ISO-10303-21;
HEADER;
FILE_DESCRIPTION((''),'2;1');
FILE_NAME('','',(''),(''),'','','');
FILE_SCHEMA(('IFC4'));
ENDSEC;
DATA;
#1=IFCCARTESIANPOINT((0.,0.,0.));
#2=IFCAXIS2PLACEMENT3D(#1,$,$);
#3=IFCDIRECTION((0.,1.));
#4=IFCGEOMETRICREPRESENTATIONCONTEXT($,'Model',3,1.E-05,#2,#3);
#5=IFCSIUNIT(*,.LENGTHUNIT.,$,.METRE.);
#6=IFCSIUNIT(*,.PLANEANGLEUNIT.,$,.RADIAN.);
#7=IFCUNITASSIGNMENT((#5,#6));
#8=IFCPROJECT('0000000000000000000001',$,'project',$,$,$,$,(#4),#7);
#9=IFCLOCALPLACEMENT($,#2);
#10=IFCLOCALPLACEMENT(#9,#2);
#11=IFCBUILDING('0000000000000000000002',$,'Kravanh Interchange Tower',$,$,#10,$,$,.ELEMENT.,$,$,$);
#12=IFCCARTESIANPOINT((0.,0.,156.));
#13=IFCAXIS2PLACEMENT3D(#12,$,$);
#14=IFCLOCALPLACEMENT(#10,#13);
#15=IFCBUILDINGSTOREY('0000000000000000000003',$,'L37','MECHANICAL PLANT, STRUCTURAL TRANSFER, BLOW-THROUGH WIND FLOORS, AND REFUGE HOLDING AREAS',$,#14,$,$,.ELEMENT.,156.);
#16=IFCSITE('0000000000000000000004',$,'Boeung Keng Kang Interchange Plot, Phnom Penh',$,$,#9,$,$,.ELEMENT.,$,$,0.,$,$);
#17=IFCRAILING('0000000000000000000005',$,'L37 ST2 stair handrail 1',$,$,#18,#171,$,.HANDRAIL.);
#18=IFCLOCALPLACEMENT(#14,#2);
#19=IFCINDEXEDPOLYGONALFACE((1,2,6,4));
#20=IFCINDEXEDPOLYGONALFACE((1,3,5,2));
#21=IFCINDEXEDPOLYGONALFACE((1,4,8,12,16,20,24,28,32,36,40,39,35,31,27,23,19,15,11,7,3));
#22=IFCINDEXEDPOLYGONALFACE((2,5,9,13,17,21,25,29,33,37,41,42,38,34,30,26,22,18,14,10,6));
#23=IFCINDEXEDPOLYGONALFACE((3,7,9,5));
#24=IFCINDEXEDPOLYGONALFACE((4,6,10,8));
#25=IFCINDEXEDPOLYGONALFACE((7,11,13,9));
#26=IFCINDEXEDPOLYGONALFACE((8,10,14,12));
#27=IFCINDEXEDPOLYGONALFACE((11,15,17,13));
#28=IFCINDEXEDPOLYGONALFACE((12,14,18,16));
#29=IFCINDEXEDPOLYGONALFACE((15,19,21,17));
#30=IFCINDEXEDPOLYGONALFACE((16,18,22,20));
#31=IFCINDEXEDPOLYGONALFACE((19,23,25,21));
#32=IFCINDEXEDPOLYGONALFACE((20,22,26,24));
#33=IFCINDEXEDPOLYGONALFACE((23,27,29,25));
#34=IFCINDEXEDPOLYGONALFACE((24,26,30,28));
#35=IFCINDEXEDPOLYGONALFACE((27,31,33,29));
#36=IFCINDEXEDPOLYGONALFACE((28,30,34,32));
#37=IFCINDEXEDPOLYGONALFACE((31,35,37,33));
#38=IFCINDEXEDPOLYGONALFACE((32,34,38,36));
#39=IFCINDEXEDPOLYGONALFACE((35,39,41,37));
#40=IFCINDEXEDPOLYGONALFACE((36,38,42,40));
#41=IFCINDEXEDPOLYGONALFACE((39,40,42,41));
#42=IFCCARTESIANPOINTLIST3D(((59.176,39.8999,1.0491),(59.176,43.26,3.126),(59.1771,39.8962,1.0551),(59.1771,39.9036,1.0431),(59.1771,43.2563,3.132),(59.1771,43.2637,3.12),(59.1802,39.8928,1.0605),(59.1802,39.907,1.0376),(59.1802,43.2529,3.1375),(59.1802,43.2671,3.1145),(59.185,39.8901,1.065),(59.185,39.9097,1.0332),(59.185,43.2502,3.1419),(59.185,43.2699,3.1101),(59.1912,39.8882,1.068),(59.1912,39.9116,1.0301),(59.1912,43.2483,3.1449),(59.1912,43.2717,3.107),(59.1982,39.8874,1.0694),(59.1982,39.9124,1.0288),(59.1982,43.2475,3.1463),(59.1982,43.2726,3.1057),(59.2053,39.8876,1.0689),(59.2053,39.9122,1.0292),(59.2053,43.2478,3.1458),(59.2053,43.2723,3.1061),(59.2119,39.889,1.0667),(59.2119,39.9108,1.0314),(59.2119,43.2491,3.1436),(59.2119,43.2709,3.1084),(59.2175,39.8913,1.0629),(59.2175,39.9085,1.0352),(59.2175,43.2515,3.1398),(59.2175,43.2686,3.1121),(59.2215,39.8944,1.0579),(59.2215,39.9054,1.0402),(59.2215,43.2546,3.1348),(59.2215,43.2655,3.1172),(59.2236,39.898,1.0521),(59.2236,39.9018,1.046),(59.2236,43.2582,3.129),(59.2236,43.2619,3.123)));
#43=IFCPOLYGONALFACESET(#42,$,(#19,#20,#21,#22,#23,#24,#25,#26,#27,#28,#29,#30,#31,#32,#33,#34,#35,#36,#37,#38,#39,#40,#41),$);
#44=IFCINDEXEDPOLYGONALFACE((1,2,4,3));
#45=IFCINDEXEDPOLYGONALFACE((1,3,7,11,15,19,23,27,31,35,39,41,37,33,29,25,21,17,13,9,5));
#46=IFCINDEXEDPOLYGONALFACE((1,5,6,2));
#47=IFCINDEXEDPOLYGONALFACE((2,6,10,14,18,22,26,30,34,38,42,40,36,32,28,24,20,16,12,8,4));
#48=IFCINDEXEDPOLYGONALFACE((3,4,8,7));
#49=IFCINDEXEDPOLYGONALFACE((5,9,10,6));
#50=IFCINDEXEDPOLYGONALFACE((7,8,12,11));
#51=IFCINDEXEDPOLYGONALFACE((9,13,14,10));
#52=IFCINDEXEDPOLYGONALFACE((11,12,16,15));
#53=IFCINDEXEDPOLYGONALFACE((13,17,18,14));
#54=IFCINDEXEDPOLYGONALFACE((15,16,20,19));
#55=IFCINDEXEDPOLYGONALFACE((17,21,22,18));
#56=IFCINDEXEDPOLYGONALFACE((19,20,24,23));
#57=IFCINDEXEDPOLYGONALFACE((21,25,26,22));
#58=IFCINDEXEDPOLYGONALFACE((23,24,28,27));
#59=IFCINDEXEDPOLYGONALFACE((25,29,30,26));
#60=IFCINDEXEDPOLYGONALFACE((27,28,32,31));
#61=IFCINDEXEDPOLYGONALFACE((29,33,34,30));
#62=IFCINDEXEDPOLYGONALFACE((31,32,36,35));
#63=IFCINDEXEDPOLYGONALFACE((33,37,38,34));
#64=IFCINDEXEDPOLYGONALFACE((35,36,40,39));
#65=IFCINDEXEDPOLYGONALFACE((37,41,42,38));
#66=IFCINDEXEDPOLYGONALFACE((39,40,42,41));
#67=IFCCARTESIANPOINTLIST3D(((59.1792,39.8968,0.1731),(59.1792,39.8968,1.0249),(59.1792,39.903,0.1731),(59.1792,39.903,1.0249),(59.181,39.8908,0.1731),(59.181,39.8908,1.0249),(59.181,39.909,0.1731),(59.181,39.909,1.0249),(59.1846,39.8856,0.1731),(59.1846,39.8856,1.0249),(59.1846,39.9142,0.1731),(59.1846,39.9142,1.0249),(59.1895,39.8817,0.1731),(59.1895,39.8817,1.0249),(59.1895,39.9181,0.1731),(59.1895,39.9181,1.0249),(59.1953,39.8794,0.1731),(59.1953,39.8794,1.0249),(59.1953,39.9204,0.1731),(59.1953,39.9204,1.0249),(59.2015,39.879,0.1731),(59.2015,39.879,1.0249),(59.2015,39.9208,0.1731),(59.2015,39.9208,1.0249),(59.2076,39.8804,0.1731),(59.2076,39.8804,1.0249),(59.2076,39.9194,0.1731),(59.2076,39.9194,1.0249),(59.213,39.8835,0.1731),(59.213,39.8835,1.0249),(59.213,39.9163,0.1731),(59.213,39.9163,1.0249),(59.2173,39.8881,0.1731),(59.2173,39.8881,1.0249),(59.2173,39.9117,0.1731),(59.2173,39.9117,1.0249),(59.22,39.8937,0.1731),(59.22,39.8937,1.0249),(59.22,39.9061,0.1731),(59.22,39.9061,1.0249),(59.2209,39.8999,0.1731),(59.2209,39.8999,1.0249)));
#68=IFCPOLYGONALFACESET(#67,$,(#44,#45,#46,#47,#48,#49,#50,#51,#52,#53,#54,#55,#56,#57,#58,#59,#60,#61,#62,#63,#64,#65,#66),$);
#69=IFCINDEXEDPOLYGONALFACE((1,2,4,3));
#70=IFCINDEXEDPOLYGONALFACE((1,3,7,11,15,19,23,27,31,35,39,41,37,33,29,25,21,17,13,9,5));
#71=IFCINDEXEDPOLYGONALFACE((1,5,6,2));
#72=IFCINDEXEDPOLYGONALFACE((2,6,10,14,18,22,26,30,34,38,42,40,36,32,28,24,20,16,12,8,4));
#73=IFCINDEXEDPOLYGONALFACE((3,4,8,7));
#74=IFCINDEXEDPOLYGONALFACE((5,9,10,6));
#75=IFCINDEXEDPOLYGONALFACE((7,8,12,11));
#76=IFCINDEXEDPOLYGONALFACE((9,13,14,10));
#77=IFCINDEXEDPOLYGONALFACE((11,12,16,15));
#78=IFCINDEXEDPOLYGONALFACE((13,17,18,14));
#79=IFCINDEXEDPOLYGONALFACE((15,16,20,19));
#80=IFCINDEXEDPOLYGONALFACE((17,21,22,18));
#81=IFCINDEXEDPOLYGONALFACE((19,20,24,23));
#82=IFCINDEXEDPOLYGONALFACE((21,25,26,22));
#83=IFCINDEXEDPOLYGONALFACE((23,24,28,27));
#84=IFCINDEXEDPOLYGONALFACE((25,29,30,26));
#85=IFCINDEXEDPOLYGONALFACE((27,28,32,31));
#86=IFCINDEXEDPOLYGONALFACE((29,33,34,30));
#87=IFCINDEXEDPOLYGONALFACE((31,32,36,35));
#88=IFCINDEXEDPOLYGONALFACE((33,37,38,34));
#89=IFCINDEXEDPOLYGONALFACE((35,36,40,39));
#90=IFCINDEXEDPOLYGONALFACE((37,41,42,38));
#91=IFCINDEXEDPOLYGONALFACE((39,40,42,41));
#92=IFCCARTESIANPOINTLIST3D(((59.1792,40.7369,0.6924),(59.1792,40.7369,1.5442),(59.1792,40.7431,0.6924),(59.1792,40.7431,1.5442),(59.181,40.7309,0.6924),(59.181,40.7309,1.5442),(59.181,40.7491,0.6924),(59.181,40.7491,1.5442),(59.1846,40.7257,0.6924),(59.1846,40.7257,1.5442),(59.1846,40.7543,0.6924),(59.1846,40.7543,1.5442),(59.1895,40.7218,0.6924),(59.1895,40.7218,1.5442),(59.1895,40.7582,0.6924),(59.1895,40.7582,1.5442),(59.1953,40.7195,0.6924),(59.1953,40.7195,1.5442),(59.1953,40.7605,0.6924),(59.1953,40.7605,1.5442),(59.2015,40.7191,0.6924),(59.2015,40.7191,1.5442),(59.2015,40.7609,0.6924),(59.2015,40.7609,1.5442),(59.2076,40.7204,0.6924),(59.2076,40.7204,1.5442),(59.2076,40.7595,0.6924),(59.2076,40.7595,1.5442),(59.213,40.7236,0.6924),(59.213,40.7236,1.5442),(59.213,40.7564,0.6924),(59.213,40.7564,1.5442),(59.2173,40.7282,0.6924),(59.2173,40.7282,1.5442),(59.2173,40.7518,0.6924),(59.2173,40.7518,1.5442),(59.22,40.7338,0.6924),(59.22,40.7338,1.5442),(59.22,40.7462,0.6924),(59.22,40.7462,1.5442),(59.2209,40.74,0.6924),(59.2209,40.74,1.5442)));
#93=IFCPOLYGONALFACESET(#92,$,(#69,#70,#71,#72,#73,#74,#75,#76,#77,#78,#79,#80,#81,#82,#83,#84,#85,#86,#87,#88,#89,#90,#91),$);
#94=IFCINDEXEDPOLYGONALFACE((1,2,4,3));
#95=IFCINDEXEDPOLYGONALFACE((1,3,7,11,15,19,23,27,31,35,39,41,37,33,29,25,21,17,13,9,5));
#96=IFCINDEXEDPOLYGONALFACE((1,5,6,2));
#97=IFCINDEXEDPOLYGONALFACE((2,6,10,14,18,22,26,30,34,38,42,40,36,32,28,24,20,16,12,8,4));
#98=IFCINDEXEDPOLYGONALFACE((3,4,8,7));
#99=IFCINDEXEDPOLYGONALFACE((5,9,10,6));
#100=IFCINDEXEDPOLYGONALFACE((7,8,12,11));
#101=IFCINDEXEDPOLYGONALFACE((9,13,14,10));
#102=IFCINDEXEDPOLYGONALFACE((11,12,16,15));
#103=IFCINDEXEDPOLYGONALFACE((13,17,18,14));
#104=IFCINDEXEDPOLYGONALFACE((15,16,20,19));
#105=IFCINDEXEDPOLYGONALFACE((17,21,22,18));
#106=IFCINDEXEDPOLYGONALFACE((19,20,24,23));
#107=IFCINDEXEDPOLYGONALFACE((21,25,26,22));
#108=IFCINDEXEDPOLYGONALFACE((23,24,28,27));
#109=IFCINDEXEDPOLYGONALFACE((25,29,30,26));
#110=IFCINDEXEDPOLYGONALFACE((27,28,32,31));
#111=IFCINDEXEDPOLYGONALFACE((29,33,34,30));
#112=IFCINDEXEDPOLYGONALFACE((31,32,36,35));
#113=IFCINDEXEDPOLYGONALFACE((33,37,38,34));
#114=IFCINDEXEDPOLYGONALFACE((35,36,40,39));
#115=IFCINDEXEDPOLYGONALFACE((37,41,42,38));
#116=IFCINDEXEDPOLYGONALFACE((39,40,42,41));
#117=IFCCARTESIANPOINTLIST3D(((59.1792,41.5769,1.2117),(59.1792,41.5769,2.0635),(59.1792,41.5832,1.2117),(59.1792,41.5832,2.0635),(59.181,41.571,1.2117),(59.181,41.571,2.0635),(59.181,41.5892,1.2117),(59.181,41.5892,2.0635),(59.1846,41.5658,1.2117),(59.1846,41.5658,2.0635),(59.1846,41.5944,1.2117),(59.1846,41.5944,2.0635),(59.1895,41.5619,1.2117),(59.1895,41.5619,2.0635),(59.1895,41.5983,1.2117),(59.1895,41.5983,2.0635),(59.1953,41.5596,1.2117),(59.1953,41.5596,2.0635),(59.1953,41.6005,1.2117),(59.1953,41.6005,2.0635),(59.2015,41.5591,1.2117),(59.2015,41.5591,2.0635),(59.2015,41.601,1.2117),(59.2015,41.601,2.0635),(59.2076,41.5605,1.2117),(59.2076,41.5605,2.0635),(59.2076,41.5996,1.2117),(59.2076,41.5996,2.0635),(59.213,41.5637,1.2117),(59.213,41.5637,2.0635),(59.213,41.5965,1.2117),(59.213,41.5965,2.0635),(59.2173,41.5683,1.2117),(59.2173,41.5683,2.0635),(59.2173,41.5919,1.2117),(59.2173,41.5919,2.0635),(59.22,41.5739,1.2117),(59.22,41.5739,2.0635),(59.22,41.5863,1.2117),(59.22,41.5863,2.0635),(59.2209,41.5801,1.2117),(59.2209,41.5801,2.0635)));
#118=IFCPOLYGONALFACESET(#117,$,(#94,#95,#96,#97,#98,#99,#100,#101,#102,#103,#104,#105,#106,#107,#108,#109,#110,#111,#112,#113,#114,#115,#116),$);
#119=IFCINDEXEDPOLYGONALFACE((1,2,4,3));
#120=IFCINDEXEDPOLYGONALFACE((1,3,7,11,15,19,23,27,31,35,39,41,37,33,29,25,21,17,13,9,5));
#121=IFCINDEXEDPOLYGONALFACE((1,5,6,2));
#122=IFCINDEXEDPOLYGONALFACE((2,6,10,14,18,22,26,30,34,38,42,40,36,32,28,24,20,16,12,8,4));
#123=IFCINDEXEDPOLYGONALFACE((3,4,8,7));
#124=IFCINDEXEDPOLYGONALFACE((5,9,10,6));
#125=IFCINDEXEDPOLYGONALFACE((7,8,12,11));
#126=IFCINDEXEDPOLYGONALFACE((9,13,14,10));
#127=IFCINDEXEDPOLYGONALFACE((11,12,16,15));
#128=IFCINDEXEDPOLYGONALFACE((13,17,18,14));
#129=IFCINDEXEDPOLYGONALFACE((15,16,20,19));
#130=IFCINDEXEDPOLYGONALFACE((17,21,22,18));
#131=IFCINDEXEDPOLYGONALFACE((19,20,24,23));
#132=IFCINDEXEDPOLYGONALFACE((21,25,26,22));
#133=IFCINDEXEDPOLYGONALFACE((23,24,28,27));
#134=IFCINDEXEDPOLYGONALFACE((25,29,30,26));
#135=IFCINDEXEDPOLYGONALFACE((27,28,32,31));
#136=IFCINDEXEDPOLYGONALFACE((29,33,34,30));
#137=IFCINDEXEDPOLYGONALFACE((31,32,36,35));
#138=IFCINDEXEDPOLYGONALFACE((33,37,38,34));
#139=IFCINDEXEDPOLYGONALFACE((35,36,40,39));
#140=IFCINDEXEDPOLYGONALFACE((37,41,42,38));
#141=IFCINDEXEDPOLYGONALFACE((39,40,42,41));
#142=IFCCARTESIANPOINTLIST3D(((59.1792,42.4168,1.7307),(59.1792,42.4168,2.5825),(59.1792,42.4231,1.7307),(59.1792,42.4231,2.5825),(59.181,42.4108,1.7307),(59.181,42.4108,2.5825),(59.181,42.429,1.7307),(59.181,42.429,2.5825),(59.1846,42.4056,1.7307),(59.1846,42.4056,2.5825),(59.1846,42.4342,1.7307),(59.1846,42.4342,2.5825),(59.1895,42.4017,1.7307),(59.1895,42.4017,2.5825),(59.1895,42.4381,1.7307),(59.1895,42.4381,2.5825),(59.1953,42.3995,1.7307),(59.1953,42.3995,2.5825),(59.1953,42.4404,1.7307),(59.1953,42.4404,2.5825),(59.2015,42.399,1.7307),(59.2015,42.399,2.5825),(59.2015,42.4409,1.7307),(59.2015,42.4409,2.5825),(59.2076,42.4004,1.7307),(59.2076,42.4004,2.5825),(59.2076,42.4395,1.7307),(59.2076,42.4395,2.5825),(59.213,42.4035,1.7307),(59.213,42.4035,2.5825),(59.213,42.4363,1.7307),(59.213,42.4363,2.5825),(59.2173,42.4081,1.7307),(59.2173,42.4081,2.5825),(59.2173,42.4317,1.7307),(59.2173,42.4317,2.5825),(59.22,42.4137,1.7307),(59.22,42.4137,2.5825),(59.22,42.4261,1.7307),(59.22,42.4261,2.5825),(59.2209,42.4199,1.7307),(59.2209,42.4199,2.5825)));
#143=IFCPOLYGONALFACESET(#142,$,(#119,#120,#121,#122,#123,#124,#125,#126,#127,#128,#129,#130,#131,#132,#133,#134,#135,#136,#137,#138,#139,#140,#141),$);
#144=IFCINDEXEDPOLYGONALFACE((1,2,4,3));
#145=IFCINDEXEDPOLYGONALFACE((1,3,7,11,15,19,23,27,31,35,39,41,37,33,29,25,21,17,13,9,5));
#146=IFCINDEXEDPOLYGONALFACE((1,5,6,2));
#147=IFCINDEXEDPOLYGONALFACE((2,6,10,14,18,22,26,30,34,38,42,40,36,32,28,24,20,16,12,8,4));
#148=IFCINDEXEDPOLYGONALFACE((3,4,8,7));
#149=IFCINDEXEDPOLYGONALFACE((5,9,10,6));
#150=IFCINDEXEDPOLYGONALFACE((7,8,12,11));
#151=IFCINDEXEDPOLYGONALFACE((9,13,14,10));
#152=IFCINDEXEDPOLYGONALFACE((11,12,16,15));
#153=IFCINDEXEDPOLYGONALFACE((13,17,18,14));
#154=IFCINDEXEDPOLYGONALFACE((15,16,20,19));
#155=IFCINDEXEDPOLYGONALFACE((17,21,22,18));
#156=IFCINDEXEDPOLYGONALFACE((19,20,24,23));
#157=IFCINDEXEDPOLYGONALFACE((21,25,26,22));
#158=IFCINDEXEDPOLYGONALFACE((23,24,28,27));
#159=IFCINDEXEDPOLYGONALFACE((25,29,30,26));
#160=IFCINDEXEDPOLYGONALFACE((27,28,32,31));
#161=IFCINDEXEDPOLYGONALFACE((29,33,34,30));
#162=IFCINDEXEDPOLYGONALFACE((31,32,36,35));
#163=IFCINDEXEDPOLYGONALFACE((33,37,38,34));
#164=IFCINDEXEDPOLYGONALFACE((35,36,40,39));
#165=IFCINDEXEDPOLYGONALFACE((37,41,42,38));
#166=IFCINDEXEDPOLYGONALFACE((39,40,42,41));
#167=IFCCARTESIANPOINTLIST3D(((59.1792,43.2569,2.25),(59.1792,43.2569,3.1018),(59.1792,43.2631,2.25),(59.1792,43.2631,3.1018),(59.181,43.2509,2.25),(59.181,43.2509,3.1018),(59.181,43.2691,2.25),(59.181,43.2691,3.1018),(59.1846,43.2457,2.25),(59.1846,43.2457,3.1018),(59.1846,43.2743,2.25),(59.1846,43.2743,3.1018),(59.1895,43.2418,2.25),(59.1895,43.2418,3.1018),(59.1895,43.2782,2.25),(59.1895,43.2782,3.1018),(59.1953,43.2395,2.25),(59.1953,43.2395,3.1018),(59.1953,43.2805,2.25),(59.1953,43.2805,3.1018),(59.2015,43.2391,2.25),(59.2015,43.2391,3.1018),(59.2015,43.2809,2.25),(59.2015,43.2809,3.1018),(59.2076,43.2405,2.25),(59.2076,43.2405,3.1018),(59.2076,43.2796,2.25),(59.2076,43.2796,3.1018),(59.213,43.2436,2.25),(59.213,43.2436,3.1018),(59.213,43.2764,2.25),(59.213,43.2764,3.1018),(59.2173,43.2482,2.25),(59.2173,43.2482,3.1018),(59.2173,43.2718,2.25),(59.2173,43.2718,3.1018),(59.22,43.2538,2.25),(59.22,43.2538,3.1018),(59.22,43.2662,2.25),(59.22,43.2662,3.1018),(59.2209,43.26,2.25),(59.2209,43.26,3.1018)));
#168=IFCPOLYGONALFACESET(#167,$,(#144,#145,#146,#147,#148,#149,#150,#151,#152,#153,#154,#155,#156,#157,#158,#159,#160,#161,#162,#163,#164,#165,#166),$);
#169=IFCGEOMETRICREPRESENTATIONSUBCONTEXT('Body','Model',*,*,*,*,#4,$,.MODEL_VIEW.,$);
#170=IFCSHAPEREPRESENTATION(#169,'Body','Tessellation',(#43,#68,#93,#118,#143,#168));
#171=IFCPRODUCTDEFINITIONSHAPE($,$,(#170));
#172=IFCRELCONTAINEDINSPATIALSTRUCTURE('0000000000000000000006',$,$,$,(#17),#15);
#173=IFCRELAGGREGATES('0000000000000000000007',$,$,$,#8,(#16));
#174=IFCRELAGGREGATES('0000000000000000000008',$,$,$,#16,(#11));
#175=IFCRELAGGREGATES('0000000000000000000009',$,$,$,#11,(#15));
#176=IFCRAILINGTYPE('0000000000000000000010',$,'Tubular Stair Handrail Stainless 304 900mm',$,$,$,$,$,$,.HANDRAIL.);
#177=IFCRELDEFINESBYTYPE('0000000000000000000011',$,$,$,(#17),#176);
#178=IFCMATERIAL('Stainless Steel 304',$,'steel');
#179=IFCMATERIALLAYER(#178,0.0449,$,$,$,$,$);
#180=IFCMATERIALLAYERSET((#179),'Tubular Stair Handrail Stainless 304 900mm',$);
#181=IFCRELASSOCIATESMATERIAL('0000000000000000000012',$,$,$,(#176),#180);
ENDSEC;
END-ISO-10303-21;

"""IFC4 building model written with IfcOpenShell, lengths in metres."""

from ifc_helpers import new_model, si_unit, direction, frame, origin, origin_2d, place, context, subcontext, project, spatial, circle, extrude, material, layer, layer_set, type_object, element, save


model = new_model("IFC4")

# Units and contexts
model_context = context("Model", 3, precision=1e-05, world=origin(), true_north=direction((0.0, 1.0)))
body_context = subcontext(model_context, "Body", "Model", "MODEL_VIEW")
ifc_project = project(units=[si_unit("LENGTHUNIT", "METRE"), si_unit("PLANEANGLEUNIT", "RADIAN")], contexts=[model_context])

# Site, building, storey
site_placement = place(None, origin())
site = spatial("IfcSite", under=ifc_project, at=site_placement, Name="Boeung Keng Kang Interchange Plot, Phnom Penh", CompositionType="ELEMENT", RefElevation=0.0)
building_placement = place(site_placement, origin())
building = spatial("IfcBuilding", under=site, at=building_placement, Name="Kravanh Interchange Tower", CompositionType="ELEMENT")
storey_placement = place(building_placement, frame((0.0, 0.0, 156.0)))
storey = spatial("IfcBuildingStorey", under=building, at=storey_placement, Name="L37", Description="MECHANICAL PLANT, STRUCTURAL TRANSFER, BLOW-THROUGH WIND FLOORS, AND REFUGE HOLDING AREAS", CompositionType="ELEMENT", Elevation=156.0)

# Railing
ifc_material_1 = material(Name="Stainless Steel 304", Category="steel")
ifc_layer_1 = layer(ifc_material_1, 0.0449)
ifc_layer_set_1 = layer_set([ifc_layer_1], Name="Tubular Stair Handrail Stainless 304 900mm")
railing_type_1 = type_object("IfcRailingType", Name="Tubular Stair Handrail Stainless 304 900mm", PredefinedType="HANDRAIL", material=ifc_layer_set_1)
railing_1_placement = place(storey_placement, frame((59.2, 39.8999, 0.1731)))
element("IfcRailing", 1, at=railing_1_placement, inside=storey, type_object=railing_type_1, Name="L37 ST2 stair handrail 1", PredefinedType="HANDRAIL", context=body_context, shape_type="SweptSolid", body=[
    extrude(circle(Radius=0.0239, at=origin_2d()), frame((0.0, 0.0, 0.876), z_axis=(0.0, 0.850623, 0.525776), x_axis=(-1.0, 0.0, 0.0)), (0.0, 0.0, 1.0), 3.9502),
    extrude(circle(Radius=0.021, at=origin_2d()), origin(), (0.0, 0.0, 1.0), 0.8518),
    extrude(circle(Radius=0.021, at=origin_2d()), frame((0.0, 0.8401, 0.5193)), (0.0, 0.0, 1.0), 0.8518),
    extrude(circle(Radius=0.021, at=origin_2d()), frame((0.0, 1.6802, 1.0386)), (0.0, 0.0, 1.0), 0.8518),
    extrude(circle(Radius=0.021, at=origin_2d()), frame((0.0, 2.52, 1.5576)), (0.0, 0.0, 1.0), 0.8518),
    extrude(circle(Radius=0.021, at=origin_2d()), frame((0.0, 3.3601, 2.0769)), (0.0, 0.0, 1.0), 0.8518),
])

save(model, "model.ifc")
